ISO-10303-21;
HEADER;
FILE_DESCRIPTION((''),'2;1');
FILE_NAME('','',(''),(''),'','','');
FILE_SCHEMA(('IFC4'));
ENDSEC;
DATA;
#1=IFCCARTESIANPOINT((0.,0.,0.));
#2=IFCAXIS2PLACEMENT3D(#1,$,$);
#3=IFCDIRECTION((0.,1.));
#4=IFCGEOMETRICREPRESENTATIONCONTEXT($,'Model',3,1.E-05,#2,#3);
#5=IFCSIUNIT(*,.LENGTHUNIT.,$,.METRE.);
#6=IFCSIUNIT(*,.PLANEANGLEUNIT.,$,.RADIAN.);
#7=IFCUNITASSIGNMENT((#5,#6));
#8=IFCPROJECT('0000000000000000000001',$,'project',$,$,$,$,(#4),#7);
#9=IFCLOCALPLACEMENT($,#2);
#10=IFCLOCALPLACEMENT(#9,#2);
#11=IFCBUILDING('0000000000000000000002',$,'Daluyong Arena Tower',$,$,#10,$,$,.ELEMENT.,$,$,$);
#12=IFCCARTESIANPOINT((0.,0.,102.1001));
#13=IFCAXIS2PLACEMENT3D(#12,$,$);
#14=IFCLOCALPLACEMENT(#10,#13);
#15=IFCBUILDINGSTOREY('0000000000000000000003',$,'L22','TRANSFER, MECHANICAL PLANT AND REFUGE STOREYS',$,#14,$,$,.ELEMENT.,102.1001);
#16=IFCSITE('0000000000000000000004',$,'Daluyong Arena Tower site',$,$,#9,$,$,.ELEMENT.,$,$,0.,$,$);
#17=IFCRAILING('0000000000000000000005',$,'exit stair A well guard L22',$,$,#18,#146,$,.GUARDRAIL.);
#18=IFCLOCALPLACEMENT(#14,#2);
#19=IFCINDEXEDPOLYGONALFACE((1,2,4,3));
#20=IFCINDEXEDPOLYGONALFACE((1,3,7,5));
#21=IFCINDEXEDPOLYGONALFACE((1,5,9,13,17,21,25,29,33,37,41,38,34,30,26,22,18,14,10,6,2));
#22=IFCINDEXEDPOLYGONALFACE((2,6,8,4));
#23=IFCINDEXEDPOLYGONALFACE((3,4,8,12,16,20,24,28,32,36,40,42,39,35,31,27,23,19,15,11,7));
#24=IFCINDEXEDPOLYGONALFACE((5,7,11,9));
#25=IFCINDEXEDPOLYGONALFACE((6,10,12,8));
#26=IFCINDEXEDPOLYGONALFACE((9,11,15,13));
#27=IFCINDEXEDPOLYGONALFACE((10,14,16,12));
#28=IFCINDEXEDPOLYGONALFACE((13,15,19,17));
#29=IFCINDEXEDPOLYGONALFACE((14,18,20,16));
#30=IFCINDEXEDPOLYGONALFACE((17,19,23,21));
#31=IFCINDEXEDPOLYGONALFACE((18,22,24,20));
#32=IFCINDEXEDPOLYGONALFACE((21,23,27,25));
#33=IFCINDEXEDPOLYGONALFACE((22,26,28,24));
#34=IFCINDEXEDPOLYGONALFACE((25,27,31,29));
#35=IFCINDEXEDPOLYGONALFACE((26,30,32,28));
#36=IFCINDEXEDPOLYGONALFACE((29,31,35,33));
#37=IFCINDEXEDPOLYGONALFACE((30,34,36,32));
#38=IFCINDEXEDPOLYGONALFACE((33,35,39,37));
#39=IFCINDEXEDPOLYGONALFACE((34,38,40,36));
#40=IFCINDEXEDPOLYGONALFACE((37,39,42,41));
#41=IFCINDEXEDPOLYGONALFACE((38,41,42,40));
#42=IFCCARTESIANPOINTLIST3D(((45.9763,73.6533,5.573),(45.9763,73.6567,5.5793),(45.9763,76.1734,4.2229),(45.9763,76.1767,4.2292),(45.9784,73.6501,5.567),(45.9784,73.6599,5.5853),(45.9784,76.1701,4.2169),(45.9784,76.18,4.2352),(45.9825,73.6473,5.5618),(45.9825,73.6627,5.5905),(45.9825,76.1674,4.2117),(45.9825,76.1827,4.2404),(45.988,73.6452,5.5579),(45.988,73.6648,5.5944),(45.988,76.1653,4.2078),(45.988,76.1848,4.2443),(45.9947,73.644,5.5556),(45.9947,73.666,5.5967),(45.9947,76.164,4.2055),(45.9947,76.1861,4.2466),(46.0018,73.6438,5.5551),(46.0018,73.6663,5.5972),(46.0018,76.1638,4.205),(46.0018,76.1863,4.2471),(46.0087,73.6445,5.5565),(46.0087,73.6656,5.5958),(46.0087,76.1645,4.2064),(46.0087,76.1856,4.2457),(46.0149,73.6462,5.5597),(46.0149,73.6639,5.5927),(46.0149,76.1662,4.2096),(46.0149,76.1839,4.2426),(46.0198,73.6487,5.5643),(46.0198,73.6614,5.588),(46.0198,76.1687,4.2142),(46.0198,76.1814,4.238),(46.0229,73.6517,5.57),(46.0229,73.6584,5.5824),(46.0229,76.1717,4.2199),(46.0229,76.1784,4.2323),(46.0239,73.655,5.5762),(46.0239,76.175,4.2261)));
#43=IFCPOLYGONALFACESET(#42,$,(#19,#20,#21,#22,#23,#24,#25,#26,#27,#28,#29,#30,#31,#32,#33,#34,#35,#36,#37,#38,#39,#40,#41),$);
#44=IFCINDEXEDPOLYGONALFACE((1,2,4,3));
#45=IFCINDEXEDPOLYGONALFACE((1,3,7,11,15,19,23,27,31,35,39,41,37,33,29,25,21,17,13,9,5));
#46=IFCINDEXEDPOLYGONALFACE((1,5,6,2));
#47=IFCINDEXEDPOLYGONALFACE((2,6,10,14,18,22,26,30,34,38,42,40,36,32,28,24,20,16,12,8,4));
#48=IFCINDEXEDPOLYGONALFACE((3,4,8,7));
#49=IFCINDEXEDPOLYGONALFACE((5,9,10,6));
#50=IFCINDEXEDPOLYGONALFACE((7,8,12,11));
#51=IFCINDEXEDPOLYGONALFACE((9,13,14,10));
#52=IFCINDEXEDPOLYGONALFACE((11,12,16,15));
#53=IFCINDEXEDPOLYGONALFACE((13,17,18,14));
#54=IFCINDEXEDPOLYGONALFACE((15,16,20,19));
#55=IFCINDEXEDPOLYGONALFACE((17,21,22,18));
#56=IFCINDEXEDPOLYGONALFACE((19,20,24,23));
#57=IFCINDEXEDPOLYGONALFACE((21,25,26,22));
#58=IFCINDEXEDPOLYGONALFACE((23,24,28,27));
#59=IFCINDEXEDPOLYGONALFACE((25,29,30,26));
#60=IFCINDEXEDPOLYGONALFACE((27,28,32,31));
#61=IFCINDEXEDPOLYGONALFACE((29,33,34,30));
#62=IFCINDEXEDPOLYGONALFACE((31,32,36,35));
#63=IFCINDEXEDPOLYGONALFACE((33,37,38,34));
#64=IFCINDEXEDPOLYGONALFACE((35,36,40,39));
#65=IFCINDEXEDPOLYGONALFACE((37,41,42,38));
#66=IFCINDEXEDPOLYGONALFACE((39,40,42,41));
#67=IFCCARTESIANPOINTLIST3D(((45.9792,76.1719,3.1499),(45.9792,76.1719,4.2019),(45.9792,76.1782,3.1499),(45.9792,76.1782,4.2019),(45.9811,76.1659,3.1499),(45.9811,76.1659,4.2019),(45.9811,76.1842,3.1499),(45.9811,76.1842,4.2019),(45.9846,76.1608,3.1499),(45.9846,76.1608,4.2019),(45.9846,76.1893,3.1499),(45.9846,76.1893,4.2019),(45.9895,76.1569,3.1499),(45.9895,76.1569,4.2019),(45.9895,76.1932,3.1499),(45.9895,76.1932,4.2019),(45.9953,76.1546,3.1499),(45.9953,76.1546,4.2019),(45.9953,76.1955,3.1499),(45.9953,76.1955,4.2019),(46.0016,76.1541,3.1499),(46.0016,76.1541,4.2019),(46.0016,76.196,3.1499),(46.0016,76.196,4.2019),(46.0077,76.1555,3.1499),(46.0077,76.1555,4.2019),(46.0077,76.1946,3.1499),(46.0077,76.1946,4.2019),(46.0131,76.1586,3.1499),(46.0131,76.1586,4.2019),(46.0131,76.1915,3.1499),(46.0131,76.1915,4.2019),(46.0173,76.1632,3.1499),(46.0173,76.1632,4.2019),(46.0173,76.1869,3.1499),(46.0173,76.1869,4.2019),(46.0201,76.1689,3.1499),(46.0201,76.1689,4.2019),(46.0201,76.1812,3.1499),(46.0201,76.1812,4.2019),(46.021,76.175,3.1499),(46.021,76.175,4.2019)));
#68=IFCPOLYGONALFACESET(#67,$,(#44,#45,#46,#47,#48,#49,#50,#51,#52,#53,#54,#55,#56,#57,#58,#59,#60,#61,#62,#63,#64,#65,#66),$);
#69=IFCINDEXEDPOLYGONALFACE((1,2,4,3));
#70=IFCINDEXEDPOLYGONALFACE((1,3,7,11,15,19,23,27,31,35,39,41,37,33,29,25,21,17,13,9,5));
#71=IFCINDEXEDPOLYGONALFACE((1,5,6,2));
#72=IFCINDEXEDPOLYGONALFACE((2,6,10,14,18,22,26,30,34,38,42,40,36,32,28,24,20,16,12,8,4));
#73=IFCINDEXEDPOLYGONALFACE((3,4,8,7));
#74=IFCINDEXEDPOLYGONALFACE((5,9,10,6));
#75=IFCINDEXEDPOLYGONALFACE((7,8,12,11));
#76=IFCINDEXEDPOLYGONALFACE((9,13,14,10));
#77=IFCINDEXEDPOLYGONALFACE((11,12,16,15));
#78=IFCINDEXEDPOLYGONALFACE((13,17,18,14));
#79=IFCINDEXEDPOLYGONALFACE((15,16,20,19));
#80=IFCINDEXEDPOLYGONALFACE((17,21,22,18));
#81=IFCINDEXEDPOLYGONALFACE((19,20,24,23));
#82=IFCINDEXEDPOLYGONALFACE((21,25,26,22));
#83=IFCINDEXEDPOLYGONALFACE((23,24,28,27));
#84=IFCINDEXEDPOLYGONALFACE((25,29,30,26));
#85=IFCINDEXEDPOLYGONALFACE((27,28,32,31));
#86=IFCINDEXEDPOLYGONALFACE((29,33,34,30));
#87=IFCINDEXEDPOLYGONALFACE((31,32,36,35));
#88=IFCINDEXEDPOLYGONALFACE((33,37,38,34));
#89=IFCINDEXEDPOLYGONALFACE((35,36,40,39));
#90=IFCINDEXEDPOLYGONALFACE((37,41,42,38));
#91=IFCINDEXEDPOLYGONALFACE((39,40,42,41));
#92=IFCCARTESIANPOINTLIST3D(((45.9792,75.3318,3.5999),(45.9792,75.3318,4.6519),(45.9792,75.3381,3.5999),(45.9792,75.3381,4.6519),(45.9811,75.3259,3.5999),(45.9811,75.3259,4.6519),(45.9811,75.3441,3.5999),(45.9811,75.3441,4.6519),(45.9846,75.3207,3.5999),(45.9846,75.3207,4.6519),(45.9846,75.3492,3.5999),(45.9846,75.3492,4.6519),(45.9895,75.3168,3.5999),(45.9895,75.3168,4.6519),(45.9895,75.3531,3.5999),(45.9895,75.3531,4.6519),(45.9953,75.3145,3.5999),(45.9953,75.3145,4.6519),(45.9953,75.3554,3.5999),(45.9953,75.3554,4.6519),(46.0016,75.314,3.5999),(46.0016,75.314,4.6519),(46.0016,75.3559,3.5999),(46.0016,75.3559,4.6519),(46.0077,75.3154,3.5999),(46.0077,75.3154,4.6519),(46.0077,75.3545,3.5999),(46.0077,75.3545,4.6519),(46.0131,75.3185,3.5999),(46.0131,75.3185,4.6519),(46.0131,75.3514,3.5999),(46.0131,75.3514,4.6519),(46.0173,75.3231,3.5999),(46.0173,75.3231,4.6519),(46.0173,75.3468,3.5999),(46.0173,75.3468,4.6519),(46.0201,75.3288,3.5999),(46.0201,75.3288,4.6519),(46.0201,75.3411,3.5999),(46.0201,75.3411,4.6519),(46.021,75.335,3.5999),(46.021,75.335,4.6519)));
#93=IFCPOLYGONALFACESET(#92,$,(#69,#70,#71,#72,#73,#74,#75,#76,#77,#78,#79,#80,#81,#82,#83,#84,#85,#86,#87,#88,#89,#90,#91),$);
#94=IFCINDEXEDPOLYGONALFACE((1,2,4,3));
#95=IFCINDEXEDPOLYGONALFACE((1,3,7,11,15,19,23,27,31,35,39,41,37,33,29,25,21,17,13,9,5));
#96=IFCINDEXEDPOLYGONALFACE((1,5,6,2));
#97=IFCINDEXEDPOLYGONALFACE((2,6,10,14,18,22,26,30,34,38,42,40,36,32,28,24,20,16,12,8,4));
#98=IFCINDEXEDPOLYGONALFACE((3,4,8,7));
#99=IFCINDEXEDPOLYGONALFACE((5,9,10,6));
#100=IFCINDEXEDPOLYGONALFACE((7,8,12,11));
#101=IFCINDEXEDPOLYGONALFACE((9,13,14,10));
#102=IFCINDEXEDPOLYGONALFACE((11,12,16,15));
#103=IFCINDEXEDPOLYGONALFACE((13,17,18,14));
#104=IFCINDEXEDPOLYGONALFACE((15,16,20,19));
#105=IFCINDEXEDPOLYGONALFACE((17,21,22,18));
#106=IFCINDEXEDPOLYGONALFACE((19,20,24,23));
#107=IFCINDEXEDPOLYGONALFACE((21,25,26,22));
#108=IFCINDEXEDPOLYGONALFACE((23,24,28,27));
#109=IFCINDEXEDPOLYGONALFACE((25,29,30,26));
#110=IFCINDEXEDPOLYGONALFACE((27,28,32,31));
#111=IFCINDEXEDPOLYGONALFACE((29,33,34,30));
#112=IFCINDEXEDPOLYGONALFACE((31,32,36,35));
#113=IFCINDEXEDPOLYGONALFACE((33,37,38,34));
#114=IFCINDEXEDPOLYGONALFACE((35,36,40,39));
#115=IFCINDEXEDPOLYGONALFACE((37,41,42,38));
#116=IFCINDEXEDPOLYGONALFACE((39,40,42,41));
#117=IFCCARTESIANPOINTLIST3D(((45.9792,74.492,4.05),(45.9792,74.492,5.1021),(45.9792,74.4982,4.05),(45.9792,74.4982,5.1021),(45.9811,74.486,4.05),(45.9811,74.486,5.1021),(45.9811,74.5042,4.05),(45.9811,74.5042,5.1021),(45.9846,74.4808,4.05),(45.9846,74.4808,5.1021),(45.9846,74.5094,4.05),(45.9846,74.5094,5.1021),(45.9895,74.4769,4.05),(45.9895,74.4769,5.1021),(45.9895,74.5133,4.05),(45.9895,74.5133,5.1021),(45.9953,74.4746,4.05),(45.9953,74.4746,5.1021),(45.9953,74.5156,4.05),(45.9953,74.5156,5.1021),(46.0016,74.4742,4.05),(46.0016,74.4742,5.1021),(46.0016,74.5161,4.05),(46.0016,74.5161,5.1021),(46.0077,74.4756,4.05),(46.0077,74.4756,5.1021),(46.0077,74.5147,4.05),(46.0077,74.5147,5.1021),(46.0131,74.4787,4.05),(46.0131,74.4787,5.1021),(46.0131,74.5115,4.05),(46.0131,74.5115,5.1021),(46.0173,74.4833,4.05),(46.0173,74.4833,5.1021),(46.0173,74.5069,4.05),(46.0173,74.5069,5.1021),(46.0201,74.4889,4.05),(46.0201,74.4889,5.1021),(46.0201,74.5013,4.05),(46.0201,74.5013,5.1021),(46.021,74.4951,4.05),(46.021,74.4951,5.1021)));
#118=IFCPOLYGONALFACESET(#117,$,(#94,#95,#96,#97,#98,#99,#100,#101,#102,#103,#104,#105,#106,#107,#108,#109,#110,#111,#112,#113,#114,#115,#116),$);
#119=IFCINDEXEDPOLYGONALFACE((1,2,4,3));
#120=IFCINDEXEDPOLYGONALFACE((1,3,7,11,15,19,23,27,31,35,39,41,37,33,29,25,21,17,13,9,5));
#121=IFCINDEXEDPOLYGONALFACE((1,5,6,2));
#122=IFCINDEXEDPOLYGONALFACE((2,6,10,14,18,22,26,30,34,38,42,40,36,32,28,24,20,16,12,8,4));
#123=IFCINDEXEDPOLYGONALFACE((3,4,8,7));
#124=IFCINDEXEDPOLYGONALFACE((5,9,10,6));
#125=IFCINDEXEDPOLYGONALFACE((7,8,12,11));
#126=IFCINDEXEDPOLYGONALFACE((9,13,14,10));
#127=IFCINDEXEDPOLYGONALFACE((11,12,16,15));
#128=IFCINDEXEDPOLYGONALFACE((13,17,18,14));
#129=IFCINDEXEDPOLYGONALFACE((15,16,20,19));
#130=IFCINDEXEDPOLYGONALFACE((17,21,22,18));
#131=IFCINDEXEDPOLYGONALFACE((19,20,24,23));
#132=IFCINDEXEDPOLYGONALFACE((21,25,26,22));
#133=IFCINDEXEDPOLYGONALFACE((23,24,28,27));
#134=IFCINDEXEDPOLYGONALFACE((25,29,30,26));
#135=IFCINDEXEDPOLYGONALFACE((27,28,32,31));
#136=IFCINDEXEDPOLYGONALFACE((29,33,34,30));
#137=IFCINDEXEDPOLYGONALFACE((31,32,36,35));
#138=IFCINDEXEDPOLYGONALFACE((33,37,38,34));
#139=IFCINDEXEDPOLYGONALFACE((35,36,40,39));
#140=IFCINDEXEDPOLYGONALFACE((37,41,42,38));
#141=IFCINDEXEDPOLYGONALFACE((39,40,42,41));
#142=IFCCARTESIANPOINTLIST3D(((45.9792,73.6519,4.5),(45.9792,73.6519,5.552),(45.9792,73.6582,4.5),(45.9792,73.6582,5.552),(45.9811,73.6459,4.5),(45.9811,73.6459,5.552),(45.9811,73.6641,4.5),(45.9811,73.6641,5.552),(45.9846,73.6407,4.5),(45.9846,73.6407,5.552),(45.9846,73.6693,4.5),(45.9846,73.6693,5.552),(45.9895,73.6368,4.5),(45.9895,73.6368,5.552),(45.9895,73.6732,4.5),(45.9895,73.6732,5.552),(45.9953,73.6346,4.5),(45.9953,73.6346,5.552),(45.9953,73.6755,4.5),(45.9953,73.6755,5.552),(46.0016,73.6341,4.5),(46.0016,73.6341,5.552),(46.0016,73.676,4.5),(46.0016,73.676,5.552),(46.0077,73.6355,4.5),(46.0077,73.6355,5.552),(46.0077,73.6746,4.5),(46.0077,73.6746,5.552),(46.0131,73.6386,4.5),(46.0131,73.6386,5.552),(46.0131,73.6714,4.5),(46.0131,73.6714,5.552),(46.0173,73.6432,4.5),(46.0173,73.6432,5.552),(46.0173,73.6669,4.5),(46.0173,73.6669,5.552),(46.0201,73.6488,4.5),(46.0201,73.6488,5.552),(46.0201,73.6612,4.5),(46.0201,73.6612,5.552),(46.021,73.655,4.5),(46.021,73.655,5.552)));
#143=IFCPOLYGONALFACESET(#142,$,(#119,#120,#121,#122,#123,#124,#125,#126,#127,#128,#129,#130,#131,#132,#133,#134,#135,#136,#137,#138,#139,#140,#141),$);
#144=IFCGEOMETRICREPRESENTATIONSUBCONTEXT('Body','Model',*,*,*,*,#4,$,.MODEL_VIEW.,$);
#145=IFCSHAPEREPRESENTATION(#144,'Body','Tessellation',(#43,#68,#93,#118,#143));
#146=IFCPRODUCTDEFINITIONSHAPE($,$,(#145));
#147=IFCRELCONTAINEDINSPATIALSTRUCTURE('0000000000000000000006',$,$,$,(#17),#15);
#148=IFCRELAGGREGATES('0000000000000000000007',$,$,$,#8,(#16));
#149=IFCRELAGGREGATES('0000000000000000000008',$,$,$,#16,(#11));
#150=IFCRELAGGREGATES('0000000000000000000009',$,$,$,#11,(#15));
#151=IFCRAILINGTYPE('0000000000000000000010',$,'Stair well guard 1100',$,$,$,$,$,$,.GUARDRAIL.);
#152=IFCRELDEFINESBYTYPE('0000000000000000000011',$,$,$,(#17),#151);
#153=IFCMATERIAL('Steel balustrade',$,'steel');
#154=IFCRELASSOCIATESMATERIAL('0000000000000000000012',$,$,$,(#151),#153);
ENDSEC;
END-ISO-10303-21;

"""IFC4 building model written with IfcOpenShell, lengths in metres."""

from ifc_helpers import new_model, si_unit, direction, frame, origin, origin_2d, place, context, subcontext, project, spatial, circle, extrude, material, type_object, element, save


model = new_model("IFC4")

# Units and contexts
model_context = context("Model", 3, precision=1e-05, world=origin(), true_north=direction((0.0, 1.0)))
body_context = subcontext(model_context, "Body", "Model", "MODEL_VIEW")
ifc_project = project(units=[si_unit("LENGTHUNIT", "METRE"), si_unit("PLANEANGLEUNIT", "RADIAN")], contexts=[model_context])

# Site, building, storey
site_placement = place(None, origin())
site = spatial("IfcSite", under=ifc_project, at=site_placement, Name="Daluyong Arena Tower site", CompositionType="ELEMENT", RefElevation=0.0)
building_placement = place(site_placement, origin())
building = spatial("IfcBuilding", under=site, at=building_placement, Name="Daluyong Arena Tower", CompositionType="ELEMENT")
storey_placement = place(building_placement, frame((0.0, 0.0, 102.1001)))
storey = spatial("IfcBuildingStorey", under=building, at=storey_placement, Name="L22", Description="TRANSFER, MECHANICAL PLANT AND REFUGE STOREYS", CompositionType="ELEMENT", Elevation=102.1001)

# Railing
ifc_material_1 = material(Name="Steel balustrade", Category="steel")
railing_type_1 = type_object("IfcRailingType", Name="Stair well guard 1100", PredefinedType="GUARDRAIL", material=ifc_material_1)
railing_1_placement = place(storey_placement, frame((46.0, 76.175, 3.1499)))
element("IfcRailing", 1, at=railing_1_placement, inside=storey, type_object=railing_type_1, Name="exit stair A well guard L22", PredefinedType="GUARDRAIL", context=body_context, shape_type="SweptSolid", body=[
    extrude(circle(Radius=0.0239, at=origin_2d()), frame((0.0, 0.0, 1.0762), z_axis=(0.0, -0.881467, 0.472245), x_axis=(1.0, 0.0, 0.0)), (0.0, 0.0, 1.0), 2.8589),
    extrude(circle(Radius=0.021, at=origin_2d()), origin(), (0.0, 0.0, 1.0), 1.052),
    extrude(circle(Radius=0.021, at=origin_2d()), frame((0.0, -0.8401, 0.45)), (0.0, 0.0, 1.0), 1.052),
    extrude(circle(Radius=0.021, at=origin_2d()), frame((0.0, -1.6799, 0.9001)), (0.0, 0.0, 1.0), 1.052),
    extrude(circle(Radius=0.021, at=origin_2d()), frame((0.0, -2.52, 1.3501)), (0.0, 0.0, 1.0), 1.052),
])

save(model, "model.ifc")
